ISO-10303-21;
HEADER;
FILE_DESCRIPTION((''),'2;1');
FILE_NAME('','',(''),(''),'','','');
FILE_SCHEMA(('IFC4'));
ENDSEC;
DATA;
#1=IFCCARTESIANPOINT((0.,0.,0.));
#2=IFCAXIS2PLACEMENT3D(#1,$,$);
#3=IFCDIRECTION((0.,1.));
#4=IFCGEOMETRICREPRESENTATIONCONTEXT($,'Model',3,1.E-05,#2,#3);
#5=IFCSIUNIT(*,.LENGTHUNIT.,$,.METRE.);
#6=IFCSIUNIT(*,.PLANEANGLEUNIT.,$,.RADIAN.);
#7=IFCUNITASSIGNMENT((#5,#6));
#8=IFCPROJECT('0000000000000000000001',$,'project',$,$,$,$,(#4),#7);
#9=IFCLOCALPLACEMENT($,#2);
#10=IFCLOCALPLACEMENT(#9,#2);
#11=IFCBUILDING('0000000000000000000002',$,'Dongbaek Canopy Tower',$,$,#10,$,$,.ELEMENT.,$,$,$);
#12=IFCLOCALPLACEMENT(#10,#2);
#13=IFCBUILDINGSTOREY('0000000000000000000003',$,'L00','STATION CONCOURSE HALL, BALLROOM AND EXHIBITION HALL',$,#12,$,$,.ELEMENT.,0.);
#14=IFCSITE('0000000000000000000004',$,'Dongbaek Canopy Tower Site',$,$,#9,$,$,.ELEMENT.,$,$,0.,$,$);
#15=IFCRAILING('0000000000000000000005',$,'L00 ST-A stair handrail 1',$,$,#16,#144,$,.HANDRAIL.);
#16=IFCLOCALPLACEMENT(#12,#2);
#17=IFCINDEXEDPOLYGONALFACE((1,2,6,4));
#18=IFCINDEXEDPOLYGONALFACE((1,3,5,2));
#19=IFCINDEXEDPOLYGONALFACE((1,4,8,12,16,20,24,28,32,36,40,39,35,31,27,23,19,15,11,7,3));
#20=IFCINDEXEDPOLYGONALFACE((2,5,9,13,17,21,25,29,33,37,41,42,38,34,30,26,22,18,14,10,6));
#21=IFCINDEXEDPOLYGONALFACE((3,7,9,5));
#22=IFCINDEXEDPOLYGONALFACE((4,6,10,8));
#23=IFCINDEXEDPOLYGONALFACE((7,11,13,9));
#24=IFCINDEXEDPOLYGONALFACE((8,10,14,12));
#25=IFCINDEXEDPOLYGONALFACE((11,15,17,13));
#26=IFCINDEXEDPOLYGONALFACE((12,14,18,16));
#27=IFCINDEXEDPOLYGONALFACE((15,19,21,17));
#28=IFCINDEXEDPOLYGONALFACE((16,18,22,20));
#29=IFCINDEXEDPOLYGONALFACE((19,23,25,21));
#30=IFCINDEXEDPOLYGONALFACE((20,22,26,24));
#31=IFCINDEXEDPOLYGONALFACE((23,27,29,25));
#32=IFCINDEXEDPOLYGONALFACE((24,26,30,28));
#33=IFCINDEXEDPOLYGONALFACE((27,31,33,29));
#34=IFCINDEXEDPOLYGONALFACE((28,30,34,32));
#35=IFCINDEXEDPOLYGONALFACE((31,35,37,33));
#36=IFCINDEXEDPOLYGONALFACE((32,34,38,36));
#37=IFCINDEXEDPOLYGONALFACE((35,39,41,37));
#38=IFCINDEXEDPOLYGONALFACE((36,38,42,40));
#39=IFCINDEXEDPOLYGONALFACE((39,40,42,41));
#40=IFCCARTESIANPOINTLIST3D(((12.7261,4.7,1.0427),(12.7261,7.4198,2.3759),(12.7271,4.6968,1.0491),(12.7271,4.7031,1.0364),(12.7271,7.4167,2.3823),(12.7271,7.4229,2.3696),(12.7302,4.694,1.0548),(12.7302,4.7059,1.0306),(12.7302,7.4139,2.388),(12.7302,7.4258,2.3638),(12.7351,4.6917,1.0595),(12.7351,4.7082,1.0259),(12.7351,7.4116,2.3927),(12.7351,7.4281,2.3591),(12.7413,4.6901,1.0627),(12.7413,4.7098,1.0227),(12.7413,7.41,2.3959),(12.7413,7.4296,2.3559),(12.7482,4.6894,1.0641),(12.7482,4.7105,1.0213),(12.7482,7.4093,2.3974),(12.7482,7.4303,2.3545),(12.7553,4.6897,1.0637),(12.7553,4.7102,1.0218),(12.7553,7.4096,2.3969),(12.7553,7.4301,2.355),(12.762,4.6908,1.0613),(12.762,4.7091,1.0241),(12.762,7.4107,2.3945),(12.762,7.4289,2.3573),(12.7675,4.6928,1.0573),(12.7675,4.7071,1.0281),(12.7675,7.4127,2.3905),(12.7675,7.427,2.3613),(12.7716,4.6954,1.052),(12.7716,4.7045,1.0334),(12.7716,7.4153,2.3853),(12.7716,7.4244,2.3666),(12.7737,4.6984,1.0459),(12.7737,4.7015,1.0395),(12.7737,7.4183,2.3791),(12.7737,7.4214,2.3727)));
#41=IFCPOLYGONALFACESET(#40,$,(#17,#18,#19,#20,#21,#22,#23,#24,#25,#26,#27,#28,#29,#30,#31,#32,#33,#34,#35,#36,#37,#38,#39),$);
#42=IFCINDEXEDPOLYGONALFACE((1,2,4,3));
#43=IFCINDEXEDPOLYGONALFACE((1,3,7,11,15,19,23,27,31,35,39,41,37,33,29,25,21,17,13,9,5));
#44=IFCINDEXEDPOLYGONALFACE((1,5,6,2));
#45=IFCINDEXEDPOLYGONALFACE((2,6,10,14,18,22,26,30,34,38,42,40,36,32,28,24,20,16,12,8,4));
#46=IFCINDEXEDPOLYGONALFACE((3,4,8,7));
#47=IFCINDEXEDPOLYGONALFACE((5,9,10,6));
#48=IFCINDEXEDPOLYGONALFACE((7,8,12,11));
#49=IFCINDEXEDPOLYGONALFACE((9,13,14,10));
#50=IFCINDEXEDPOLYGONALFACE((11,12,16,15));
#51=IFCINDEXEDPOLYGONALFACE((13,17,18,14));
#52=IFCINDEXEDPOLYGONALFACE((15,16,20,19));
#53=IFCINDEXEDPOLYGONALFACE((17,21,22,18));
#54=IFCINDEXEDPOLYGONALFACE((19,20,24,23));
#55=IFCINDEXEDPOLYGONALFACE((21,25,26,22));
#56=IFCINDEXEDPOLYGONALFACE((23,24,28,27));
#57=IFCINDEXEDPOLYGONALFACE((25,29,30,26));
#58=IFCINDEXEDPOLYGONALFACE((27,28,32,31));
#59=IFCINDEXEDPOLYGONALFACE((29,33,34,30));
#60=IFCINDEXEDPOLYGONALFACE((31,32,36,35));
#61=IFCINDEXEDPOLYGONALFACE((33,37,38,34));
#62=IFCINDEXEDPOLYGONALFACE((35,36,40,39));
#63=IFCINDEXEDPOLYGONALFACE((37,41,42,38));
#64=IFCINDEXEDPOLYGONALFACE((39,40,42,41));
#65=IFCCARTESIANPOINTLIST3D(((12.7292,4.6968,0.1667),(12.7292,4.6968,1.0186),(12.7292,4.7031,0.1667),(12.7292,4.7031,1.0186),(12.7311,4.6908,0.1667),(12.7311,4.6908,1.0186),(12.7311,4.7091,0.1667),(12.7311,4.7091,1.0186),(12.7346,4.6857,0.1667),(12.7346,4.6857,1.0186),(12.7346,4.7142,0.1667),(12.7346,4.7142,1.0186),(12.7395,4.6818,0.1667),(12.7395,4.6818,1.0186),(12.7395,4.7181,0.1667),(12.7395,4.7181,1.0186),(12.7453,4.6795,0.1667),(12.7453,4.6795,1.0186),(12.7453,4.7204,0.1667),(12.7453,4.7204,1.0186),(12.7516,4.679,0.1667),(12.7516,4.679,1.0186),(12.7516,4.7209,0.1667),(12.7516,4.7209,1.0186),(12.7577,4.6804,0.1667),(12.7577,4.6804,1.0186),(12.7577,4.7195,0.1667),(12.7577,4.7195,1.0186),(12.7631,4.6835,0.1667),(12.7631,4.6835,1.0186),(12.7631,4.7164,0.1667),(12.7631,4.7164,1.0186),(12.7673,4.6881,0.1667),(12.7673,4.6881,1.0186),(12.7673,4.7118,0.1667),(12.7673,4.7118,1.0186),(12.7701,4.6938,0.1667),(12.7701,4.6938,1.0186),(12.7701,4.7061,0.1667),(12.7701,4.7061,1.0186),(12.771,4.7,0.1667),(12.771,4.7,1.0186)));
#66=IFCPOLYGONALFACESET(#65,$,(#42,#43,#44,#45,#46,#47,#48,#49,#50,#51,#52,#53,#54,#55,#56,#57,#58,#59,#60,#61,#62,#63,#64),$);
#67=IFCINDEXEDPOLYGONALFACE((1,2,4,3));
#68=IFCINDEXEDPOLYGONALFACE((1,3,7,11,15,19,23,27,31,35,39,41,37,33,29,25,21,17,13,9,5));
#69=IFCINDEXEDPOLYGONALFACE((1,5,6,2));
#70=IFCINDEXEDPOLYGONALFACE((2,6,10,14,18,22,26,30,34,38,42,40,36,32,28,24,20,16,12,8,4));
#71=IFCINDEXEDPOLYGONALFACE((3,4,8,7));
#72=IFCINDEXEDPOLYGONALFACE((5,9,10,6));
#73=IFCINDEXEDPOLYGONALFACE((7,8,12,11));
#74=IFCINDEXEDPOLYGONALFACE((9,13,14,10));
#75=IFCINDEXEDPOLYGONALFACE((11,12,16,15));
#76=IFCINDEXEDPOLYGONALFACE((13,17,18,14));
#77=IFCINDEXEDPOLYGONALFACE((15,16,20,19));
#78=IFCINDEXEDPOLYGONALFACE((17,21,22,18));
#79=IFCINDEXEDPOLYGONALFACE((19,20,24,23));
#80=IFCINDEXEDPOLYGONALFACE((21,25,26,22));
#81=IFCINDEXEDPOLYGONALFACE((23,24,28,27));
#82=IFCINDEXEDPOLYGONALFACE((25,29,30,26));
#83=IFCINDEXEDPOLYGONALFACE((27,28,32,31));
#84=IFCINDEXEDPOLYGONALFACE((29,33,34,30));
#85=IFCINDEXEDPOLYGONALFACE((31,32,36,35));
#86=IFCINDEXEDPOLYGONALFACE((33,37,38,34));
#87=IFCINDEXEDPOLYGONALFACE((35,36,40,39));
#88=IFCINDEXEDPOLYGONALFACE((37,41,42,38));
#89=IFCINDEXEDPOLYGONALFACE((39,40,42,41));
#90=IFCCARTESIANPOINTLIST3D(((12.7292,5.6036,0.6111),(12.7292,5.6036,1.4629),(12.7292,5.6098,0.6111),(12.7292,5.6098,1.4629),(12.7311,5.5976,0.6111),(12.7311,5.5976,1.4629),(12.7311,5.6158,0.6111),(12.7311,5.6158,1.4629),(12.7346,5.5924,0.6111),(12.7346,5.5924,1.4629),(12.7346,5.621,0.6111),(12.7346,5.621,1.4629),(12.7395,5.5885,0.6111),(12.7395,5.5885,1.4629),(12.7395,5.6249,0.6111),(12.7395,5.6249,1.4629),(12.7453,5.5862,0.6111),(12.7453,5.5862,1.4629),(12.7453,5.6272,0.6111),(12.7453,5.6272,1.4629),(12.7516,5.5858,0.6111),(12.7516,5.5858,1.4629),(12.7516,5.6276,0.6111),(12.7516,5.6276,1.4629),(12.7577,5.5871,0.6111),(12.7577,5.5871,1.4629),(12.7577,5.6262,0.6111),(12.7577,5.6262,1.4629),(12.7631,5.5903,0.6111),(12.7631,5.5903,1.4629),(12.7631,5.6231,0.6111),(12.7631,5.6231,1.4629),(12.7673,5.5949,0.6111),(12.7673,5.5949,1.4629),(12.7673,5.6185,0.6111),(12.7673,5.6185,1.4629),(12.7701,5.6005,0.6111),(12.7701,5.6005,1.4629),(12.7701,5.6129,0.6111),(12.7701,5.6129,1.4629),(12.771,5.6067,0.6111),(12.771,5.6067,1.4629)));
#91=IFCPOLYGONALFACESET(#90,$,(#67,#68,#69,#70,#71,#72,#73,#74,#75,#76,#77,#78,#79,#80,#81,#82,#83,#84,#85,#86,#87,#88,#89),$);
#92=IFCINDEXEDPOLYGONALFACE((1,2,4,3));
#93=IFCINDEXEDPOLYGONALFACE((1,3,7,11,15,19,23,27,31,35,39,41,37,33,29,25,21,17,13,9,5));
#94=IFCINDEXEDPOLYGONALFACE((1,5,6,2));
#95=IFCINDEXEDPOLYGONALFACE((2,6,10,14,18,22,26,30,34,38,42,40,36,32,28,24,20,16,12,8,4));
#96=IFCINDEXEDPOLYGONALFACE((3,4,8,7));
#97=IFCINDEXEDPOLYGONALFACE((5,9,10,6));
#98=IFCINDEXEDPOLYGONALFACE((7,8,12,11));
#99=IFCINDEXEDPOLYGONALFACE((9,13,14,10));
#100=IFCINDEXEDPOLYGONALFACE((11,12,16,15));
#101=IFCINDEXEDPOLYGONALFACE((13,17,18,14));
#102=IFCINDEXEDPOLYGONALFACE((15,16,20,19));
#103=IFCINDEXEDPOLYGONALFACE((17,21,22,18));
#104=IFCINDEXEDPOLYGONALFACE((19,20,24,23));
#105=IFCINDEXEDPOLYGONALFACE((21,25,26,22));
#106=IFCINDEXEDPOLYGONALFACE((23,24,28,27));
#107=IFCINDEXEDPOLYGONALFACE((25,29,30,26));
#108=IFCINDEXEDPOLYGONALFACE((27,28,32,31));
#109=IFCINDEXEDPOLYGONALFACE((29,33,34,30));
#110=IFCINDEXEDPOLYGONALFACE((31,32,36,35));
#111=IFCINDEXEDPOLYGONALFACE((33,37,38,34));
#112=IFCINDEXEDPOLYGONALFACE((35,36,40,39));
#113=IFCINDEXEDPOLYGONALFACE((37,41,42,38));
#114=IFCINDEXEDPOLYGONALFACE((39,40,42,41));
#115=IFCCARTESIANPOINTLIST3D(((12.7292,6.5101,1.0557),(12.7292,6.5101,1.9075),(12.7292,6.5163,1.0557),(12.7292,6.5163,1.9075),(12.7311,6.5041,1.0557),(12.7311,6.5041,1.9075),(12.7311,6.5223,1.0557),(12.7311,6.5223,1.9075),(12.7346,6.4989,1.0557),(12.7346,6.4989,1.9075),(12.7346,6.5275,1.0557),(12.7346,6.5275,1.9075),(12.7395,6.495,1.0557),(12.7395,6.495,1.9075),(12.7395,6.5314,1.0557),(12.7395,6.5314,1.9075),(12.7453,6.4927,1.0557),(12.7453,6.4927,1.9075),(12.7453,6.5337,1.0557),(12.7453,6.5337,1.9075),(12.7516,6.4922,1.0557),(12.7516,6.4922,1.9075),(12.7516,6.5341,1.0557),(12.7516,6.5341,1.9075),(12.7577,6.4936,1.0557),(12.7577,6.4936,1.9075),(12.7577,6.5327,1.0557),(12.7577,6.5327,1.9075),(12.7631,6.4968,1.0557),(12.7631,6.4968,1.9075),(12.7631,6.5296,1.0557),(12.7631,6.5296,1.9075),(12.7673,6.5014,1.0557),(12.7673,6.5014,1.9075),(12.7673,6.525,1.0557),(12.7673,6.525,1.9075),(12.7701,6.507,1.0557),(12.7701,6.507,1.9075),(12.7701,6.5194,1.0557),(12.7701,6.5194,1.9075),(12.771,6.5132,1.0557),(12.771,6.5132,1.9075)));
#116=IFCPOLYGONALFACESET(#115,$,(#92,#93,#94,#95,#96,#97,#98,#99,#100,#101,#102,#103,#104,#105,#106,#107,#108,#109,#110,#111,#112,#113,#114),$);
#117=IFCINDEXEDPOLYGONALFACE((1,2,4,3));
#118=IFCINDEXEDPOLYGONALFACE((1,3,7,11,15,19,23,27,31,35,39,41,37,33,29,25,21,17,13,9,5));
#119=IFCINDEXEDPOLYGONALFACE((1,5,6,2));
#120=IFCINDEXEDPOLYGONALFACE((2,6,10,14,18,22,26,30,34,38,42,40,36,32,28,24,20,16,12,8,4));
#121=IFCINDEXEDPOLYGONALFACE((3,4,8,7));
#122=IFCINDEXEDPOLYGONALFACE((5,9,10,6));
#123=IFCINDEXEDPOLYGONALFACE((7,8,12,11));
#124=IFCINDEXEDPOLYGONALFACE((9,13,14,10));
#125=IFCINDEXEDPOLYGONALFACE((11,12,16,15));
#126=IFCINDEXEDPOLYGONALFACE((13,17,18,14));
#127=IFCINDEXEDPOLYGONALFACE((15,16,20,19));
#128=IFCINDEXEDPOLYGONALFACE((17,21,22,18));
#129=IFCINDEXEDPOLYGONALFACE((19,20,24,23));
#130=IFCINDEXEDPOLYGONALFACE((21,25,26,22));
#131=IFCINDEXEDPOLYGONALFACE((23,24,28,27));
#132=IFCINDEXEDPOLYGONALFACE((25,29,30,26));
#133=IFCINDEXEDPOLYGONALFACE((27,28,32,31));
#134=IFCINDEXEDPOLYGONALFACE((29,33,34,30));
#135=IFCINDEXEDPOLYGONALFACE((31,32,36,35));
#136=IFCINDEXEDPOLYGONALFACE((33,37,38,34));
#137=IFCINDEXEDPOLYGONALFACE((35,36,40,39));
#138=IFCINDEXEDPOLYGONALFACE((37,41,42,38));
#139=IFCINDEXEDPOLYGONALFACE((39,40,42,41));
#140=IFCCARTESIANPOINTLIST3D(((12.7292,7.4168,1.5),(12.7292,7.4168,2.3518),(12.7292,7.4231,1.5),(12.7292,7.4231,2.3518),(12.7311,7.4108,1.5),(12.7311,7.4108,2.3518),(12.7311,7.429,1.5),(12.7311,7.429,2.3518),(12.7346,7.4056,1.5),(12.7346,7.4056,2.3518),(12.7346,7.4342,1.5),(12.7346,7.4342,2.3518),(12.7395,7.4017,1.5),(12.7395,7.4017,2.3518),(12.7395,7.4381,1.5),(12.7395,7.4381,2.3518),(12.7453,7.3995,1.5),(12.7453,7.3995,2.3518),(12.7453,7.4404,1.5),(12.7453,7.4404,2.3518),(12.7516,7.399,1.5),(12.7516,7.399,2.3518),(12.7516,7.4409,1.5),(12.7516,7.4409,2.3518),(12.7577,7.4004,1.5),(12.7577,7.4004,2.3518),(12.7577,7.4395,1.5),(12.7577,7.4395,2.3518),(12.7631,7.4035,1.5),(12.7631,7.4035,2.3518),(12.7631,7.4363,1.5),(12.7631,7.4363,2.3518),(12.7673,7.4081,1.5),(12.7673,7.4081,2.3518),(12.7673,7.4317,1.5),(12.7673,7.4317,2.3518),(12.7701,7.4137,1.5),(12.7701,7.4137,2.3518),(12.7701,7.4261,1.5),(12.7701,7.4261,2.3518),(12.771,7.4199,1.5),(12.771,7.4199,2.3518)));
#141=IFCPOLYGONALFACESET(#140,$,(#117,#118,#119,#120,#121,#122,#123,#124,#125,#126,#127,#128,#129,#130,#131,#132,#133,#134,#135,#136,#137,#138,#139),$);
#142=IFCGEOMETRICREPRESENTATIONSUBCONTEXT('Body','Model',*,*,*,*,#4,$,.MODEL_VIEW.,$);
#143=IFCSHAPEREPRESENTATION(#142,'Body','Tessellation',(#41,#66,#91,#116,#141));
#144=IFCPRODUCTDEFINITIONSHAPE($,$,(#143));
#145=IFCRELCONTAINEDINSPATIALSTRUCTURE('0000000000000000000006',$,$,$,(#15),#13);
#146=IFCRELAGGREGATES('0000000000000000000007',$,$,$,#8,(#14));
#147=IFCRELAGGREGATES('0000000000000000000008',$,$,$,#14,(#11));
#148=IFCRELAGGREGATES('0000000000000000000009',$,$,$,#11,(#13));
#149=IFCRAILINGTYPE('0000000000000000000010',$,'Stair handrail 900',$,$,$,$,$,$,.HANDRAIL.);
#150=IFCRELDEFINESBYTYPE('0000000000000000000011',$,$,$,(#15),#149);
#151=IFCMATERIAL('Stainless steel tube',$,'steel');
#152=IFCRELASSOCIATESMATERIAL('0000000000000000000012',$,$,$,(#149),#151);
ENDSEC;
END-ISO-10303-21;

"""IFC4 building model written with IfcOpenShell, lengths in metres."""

from ifc_helpers import new_model, si_unit, direction, frame, origin, origin_2d, place, context, subcontext, project, spatial, circle, extrude, material, type_object, element, save


model = new_model("IFC4")

# Units and contexts
model_context = context("Model", 3, precision=1e-05, world=origin(), true_north=direction((0.0, 1.0)))
body_context = subcontext(model_context, "Body", "Model", "MODEL_VIEW")
ifc_project = project(units=[si_unit("LENGTHUNIT", "METRE"), si_unit("PLANEANGLEUNIT", "RADIAN")], contexts=[model_context])

# Site, building, storey
site_placement = place(None, origin())
site = spatial("IfcSite", under=ifc_project, at=site_placement, Name="Dongbaek Canopy Tower Site", CompositionType="ELEMENT", RefElevation=0.0)
building_placement = place(site_placement, origin())
building = spatial("IfcBuilding", under=site, at=building_placement, Name="Dongbaek Canopy Tower", CompositionType="ELEMENT")
storey_placement = place(building_placement, origin())
storey = spatial("IfcBuildingStorey", under=building, at=storey_placement, Name="L00", Description="STATION CONCOURSE HALL, BALLROOM AND EXHIBITION HALL", CompositionType="ELEMENT", Elevation=0.0)

# Railing
ifc_material_1 = material(Name="Stainless steel tube", Category="steel")
railing_type_1 = type_object("IfcRailingType", Name="Stair handrail 900", PredefinedType="HANDRAIL", material=ifc_material_1)
for number, where, name in (
    (1, (12.75, 4.7, 0.1667), "L00 ST-A stair handrail 1"),
):
    element("IfcRailing", number, at=place(storey_placement, frame(where)), inside=storey, type_object=railing_type_1, Name=name, PredefinedType="HANDRAIL", context=body_context, shape_type="SweptSolid", body=[
        extrude(circle(Radius=0.0239, at=origin_2d()), frame((0.0, 0.0, 0.876), z_axis=(0.0, 0.897929, 0.440139), x_axis=(-1.0, 0.0, 0.0)), (0.0, 0.0, 1.0), 3.0291),
        extrude(circle(Radius=0.021, at=origin_2d()), origin(), (0.0, 0.0, 1.0), 0.8518),
        extrude(circle(Radius=0.021, at=origin_2d()), frame((0.0, 0.9067, 0.4443)), (0.0, 0.0, 1.0), 0.8518),
        extrude(circle(Radius=0.021, at=origin_2d()), frame((0.0, 1.8132, 0.8889)), (0.0, 0.0, 1.0), 0.8518),
        extrude(circle(Radius=0.021, at=origin_2d()), frame((0.0, 2.72, 1.3333)), (0.0, 0.0, 1.0), 0.8518),
    ])

save(model, "model.ifc")
